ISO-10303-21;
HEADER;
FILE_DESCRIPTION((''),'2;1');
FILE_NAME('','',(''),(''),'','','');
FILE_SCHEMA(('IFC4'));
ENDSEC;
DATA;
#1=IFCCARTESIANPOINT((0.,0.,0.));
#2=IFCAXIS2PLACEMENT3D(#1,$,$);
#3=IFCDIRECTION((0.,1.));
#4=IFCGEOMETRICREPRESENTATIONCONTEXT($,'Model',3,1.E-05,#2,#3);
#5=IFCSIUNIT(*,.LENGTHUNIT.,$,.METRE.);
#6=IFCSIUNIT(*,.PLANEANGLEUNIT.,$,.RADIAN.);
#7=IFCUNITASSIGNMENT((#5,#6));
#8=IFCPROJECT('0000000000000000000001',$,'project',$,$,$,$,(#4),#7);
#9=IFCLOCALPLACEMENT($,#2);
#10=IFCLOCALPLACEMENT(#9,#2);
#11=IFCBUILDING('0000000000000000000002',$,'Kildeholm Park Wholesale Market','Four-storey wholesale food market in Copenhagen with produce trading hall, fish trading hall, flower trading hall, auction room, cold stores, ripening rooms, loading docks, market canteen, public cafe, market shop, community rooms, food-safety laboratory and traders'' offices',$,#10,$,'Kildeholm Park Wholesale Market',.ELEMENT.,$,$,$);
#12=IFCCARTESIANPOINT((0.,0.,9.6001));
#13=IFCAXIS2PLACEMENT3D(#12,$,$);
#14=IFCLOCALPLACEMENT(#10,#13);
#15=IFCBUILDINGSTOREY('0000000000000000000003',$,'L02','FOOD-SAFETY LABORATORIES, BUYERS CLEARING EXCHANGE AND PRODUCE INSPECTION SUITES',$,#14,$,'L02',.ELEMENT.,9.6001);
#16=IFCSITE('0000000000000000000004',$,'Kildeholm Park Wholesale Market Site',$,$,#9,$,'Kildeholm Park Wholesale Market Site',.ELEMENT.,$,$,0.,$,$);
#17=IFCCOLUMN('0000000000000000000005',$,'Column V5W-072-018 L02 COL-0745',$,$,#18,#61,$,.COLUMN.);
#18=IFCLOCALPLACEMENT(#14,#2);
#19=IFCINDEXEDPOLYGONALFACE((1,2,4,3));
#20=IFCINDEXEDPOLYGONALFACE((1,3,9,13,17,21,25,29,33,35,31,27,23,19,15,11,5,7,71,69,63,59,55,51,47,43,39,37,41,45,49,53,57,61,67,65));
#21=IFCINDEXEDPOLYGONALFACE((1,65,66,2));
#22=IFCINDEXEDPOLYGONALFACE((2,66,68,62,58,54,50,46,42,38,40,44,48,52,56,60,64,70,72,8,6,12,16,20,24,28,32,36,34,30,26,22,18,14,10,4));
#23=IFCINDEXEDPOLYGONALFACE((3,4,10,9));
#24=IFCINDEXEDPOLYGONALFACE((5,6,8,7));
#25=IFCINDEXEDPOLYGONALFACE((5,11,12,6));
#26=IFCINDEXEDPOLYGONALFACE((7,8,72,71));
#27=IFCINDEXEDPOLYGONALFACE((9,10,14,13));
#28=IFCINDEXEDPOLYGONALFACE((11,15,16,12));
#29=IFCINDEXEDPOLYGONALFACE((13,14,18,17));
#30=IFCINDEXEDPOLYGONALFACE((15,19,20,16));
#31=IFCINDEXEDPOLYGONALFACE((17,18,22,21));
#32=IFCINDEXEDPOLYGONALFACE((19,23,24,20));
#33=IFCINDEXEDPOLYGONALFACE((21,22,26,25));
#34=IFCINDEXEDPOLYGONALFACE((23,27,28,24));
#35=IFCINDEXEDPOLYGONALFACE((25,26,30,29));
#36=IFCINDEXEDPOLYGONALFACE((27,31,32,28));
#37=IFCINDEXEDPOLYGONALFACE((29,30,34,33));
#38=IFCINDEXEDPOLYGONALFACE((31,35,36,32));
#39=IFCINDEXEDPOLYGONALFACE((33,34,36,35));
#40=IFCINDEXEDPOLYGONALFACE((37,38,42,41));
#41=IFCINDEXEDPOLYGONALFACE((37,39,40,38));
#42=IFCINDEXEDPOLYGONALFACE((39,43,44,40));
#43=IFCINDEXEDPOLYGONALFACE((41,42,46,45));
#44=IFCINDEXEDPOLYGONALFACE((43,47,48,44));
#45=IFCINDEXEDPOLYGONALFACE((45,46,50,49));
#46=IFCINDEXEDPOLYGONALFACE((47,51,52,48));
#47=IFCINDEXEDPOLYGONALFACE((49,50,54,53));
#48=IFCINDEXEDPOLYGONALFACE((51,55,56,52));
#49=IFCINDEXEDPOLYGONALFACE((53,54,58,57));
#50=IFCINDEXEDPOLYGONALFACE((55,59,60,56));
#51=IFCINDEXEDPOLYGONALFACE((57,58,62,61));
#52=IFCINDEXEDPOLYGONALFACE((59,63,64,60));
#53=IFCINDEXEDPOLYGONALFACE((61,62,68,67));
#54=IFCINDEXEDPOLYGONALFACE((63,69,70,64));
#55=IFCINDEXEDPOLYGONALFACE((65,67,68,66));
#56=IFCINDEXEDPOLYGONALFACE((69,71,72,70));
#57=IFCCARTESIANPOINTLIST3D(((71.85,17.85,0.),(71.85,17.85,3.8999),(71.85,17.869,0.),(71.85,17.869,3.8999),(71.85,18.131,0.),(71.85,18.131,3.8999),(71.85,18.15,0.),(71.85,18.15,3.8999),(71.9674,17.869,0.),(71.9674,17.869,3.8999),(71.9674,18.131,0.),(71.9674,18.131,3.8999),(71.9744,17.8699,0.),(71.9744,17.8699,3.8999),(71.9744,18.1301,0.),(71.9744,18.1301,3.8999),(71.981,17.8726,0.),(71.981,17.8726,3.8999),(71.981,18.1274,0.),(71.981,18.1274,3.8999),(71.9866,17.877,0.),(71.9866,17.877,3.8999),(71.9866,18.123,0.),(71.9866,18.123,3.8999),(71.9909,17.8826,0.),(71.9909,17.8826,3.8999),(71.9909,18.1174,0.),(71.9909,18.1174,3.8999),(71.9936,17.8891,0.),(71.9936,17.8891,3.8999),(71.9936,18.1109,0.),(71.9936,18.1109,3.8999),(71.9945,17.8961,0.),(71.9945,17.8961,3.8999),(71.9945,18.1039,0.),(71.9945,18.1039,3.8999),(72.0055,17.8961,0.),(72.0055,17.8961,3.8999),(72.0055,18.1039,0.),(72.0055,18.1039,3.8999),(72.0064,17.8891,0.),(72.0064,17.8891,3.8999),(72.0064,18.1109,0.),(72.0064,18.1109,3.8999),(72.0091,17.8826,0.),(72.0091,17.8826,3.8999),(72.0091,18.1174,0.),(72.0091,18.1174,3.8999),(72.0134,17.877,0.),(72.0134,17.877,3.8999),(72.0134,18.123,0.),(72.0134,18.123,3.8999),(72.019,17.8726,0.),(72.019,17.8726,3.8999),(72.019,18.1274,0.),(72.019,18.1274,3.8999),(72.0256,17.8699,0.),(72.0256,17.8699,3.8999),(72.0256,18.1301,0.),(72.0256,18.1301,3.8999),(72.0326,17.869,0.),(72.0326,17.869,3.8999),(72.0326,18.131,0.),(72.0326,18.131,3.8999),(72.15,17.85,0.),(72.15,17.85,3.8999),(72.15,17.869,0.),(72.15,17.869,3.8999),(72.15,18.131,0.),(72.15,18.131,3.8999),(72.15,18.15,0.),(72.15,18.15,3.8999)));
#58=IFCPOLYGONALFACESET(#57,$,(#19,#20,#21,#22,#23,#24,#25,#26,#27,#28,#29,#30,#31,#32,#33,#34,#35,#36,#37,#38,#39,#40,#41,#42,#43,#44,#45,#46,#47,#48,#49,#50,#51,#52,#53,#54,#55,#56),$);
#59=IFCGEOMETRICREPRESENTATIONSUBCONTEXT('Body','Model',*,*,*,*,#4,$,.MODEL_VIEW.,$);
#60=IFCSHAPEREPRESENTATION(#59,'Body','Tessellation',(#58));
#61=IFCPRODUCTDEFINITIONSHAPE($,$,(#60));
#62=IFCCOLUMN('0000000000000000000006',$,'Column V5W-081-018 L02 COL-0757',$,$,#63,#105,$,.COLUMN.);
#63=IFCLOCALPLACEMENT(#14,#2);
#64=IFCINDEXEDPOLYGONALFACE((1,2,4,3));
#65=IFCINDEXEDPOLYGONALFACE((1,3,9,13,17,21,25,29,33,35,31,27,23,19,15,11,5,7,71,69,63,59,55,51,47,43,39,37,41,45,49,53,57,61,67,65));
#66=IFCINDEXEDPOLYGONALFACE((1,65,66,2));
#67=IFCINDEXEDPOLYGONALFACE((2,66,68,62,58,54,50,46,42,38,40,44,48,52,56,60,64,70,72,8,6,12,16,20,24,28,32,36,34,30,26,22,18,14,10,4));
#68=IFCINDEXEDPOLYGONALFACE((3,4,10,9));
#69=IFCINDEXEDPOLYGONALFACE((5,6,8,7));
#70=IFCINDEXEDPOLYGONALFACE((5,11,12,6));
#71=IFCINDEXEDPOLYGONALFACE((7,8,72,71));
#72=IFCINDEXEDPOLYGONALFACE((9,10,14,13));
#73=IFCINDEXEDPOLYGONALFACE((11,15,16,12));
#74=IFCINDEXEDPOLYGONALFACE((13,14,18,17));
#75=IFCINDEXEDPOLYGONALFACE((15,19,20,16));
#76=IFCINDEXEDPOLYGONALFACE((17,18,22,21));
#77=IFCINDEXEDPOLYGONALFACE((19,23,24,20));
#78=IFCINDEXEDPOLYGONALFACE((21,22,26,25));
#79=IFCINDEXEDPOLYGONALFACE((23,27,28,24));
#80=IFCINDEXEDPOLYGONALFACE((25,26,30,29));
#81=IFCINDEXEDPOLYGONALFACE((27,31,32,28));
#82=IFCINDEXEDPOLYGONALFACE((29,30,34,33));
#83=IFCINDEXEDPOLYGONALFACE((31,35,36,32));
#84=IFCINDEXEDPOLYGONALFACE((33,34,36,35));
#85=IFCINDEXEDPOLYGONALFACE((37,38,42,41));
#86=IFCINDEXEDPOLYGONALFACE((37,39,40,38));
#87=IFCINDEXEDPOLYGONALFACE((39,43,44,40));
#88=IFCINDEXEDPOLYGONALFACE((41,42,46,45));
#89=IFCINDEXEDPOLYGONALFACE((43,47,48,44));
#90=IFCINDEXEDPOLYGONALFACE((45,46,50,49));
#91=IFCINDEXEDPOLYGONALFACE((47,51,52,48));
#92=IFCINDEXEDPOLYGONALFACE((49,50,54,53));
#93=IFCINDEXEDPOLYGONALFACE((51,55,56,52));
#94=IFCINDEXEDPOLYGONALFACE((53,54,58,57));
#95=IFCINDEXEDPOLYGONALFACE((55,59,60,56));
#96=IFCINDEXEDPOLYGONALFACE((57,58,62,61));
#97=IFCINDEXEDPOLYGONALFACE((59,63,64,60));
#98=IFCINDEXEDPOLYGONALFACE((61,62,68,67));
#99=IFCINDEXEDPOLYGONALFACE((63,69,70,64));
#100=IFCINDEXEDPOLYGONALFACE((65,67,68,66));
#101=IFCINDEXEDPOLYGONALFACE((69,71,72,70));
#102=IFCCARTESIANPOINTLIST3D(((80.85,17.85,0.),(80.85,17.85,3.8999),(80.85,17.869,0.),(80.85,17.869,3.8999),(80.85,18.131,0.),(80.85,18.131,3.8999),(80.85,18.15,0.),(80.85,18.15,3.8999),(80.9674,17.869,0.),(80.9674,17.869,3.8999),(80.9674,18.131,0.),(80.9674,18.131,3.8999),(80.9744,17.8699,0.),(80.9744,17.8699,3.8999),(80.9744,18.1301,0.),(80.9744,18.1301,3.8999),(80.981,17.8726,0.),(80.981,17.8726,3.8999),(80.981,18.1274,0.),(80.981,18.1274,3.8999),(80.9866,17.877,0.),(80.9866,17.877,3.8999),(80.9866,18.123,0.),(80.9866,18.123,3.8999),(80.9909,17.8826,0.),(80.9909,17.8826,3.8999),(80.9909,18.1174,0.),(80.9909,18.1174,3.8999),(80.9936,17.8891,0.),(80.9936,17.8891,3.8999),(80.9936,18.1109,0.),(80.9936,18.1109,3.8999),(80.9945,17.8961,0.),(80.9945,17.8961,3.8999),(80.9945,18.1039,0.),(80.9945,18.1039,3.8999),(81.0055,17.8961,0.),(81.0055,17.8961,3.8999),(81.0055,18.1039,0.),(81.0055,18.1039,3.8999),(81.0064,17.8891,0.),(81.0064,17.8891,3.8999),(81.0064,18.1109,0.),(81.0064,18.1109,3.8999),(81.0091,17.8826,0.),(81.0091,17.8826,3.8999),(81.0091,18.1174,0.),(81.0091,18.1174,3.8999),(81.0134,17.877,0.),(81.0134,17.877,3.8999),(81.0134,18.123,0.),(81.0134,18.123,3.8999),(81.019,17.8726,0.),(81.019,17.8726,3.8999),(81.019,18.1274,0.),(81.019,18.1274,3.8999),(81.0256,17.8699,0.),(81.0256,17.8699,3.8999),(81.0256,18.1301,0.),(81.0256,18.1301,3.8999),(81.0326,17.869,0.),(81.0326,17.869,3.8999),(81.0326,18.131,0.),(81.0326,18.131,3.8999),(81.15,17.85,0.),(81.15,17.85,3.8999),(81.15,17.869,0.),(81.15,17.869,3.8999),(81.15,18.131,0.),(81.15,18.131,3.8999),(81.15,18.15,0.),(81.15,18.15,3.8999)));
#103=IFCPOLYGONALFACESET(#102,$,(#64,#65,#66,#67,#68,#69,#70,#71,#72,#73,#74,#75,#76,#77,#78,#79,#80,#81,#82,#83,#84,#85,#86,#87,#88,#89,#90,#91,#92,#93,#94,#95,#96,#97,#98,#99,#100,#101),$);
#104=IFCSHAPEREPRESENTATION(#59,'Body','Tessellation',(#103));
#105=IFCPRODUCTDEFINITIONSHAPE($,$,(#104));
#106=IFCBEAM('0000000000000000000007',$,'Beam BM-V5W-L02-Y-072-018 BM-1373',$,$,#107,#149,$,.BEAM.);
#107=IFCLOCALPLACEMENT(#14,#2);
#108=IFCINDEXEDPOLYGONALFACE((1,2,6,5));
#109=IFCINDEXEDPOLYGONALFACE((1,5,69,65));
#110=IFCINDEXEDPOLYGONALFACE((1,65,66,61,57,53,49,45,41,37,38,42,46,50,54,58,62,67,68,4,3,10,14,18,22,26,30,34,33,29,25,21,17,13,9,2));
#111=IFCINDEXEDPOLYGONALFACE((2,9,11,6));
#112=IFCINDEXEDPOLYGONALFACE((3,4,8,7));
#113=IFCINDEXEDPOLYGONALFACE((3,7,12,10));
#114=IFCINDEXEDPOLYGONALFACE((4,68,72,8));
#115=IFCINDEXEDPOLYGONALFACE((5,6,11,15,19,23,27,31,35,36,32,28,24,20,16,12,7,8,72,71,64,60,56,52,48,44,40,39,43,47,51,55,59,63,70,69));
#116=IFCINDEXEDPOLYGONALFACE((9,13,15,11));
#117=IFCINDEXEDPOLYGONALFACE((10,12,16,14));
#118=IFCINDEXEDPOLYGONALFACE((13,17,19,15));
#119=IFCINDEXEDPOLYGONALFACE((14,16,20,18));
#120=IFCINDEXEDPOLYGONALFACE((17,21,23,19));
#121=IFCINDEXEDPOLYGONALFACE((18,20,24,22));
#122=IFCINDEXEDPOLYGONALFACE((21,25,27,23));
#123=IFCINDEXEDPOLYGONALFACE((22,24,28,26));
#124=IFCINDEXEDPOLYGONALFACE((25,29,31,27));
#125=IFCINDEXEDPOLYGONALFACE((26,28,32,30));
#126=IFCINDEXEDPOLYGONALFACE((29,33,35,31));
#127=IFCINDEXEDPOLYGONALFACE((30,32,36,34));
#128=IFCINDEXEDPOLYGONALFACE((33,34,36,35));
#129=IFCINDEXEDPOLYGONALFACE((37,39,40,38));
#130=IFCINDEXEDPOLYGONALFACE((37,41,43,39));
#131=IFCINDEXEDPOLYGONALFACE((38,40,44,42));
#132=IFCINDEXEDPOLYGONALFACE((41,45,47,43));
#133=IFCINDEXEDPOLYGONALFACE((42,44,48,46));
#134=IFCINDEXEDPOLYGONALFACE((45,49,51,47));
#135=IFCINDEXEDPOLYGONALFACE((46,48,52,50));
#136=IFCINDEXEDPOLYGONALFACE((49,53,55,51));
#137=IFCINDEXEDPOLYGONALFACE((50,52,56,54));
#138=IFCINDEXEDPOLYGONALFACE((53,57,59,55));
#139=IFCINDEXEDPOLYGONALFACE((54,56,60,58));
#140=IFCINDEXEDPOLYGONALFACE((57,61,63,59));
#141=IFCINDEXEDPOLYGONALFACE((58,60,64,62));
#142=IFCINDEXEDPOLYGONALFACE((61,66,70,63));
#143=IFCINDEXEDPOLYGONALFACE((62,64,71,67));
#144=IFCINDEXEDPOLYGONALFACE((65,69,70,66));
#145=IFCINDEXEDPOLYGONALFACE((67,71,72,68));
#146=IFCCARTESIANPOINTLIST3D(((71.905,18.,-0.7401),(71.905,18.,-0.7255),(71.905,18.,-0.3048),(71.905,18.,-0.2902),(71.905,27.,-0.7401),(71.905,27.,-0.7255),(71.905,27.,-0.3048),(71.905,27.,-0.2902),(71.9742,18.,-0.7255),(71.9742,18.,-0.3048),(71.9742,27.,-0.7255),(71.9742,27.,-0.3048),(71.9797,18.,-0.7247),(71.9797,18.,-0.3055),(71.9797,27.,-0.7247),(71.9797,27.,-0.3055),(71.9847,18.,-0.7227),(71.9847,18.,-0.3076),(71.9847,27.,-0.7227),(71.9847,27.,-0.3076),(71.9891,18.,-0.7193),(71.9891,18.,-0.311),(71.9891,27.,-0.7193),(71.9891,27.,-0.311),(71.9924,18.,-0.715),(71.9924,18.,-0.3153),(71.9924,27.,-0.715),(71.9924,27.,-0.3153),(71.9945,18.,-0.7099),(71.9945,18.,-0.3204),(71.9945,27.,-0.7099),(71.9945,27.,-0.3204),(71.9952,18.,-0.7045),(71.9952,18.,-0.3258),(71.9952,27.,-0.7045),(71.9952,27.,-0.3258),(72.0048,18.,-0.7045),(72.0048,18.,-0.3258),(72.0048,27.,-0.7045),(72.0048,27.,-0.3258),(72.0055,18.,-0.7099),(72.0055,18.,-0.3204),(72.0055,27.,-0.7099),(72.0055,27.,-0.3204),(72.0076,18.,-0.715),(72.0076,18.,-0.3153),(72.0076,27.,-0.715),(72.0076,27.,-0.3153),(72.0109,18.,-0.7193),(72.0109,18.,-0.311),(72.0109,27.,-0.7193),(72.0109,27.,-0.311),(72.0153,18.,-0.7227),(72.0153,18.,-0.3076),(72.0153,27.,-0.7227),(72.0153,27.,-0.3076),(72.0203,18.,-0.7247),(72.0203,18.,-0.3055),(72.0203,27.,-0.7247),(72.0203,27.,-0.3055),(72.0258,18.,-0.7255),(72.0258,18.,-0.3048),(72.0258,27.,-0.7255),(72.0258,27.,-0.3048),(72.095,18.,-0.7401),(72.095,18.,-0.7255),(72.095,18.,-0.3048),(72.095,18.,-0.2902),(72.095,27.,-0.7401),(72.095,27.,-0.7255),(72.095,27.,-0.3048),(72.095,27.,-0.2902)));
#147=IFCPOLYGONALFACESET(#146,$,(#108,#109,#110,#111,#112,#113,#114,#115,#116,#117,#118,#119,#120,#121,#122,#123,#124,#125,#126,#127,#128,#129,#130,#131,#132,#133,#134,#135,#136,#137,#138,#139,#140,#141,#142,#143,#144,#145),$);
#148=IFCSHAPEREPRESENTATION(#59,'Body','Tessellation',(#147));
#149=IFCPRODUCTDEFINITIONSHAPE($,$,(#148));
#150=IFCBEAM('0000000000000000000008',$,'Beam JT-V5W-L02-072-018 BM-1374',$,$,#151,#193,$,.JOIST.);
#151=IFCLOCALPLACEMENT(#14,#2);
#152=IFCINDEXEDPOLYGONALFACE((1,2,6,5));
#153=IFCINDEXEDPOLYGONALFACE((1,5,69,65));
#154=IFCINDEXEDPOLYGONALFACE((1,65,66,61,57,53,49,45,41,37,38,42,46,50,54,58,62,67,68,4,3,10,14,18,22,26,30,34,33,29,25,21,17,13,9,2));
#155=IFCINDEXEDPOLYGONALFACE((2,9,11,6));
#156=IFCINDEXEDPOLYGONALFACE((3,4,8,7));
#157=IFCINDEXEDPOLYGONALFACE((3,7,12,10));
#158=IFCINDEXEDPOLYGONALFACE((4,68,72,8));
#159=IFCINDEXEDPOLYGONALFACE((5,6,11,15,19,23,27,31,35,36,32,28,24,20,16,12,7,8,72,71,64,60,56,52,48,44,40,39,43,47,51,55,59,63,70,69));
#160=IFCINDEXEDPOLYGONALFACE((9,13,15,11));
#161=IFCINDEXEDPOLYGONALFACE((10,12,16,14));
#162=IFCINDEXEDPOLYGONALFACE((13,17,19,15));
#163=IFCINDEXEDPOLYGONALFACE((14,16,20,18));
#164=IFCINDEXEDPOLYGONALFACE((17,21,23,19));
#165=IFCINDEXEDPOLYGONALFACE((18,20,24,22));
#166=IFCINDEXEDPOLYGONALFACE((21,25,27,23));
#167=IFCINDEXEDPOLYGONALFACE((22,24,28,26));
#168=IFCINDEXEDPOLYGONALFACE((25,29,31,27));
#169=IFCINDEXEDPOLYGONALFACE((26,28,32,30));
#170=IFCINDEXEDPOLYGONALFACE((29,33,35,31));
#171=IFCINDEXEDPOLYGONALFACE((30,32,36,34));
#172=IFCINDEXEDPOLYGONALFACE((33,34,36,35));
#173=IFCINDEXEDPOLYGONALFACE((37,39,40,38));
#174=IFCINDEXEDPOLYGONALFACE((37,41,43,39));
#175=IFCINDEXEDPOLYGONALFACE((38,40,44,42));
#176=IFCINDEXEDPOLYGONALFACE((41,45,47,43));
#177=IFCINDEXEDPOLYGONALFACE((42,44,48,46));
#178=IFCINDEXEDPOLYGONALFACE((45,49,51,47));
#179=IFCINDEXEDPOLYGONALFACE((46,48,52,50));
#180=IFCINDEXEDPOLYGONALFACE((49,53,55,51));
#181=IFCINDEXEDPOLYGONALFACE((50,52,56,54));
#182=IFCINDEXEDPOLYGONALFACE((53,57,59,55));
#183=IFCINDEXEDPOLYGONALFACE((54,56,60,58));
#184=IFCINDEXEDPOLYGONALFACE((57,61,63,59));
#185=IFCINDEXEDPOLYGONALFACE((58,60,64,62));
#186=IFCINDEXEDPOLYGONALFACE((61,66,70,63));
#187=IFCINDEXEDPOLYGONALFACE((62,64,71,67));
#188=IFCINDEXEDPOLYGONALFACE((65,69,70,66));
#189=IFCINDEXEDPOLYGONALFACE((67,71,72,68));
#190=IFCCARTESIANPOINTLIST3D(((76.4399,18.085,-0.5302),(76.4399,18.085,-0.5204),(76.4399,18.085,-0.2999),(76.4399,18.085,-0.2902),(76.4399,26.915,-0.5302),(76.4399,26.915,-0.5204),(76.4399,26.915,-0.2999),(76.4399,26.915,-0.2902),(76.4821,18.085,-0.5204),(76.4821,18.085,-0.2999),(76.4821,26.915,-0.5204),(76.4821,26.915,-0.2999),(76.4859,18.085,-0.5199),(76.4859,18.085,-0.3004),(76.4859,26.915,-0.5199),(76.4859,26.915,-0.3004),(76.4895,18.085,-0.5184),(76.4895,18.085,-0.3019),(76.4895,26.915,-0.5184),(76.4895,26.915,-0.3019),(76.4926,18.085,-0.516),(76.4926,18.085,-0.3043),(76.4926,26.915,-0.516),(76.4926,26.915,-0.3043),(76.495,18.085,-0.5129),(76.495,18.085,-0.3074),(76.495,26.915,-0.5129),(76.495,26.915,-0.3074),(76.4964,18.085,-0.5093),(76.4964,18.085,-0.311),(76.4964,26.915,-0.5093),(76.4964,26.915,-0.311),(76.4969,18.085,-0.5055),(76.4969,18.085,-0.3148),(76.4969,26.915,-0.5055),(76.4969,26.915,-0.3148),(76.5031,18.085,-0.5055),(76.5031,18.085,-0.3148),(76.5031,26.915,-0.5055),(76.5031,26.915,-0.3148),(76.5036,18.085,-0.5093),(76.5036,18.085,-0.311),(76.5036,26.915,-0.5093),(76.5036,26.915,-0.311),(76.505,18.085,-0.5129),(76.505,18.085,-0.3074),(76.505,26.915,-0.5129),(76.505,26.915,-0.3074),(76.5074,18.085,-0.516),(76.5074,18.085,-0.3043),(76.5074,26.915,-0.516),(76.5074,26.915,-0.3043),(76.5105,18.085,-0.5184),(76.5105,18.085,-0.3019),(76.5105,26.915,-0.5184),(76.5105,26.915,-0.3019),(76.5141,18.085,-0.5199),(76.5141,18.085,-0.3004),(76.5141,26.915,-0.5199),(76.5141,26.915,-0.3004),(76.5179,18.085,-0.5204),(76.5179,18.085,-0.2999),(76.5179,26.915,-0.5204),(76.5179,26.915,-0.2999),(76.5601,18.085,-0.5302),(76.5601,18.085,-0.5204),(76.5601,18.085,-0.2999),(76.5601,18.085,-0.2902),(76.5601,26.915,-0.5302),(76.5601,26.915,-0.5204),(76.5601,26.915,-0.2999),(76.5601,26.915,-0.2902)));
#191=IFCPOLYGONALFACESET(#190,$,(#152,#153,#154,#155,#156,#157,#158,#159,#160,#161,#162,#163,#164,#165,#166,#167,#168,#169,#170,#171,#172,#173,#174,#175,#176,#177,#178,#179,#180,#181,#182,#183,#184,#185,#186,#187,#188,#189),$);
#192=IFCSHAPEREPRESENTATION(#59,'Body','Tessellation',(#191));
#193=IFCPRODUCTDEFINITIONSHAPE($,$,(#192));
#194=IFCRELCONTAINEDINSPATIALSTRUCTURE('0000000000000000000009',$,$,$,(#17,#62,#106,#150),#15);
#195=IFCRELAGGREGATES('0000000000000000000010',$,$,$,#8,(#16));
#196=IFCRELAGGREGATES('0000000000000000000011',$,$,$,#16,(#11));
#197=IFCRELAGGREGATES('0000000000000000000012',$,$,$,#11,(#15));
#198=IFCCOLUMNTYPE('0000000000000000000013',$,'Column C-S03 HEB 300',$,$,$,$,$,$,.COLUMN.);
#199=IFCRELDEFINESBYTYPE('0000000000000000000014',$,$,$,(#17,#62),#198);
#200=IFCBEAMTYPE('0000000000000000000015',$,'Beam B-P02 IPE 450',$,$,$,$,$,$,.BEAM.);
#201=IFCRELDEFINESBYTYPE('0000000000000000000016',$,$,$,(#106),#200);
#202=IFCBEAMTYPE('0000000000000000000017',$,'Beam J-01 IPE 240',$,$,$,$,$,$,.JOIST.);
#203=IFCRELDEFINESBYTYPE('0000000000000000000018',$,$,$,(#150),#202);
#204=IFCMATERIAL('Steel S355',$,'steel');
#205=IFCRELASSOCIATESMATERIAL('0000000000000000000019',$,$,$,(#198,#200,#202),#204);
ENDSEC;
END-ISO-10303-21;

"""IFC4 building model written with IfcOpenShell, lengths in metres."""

from ifc_helpers import new_model, si_unit, direction, frame, origin, origin_2d, place, context, subcontext, project, spatial, i_section, extrude, material, material_profile, profile_set, type_object, element, save


model = new_model("IFC4")

# Units and contexts
model_context = context("Model", 3, precision=1e-05, world=origin(), true_north=direction((0.0, 1.0)))
body_context = subcontext(model_context, "Body", "Model", "MODEL_VIEW")
ifc_project = project(units=[si_unit("LENGTHUNIT", "METRE"), si_unit("PLANEANGLEUNIT", "RADIAN")], contexts=[model_context])

# Site, building, storey
site_placement = place(None, origin())
site = spatial("IfcSite", under=ifc_project, at=site_placement, Name="Kildeholm Park Wholesale Market Site", LongName="Kildeholm Park Wholesale Market Site", CompositionType="ELEMENT", RefElevation=0.0)
building_placement = place(site_placement, origin())
building = spatial("IfcBuilding", under=site, at=building_placement, Name="Kildeholm Park Wholesale Market", Description="Four-storey wholesale food market in Copenhagen with produce trading hall, fish trading hall, flower trading hall, auction room, cold stores, ripening rooms, loading docks, market canteen, public cafe, market shop, community rooms, food-safety laboratory and traders' offices", LongName="Kildeholm Park Wholesale Market", CompositionType="ELEMENT")
storey_placement = place(building_placement, frame((0.0, 0.0, 9.6001)))
storey = spatial("IfcBuildingStorey", under=building, at=storey_placement, Name="L02", Description="FOOD-SAFETY LABORATORIES, BUYERS CLEARING EXCHANGE AND PRODUCE INSPECTION SUITES", LongName="L02", CompositionType="ELEMENT", Elevation=9.6001)

# Columns
ifc_material_1 = material(Name="Steel S355", Category="steel")
ifc_material_profile_1 = material_profile(ifc_material_1, i_section(OverallWidth=0.3, OverallDepth=0.3, WebThickness=0.011, FlangeThickness=0.019, FilletRadius=0.0271, at=origin_2d()), Name="HEB 300")
ifc_profile_set_1 = profile_set([ifc_material_profile_1], Name="Steel S355")
column_type = type_object("IfcColumnType", Name="Column C-S03 HEB 300", PredefinedType="COLUMN", material=ifc_profile_set_1)
for number, where, z_axis, x_axis, name in (
    (1, (72.0, 18.0, 0.0), (0.0, 0.0, 1.0), (1.0, 0.0, 0.0), "Column V5W-072-018 L02 COL-0745"),
    (2, (81.0, 18.0, 0.0), (0.0, 0.0, 1.0), (1.0, 0.0, 0.0), "Column V5W-081-018 L02 COL-0757"),
):
    element("IfcColumn", number, at=place(storey_placement, frame(where, z_axis=z_axis, x_axis=x_axis)), inside=storey, type_object=column_type, Name=name, PredefinedType="COLUMN", context=body_context, shape_type="SweptSolid", body=[
        extrude(i_section(OverallWidth=0.3, OverallDepth=0.3, WebThickness=0.011, FlangeThickness=0.019, FilletRadius=0.0271, at=origin_2d()), origin(), (0.0, 0.0, 1.0), 3.8999),
    ])

# Beams
ifc_material_profile_2 = material_profile(ifc_material_1, i_section(OverallWidth=0.1899, OverallDepth=0.45, WebThickness=0.0095, FlangeThickness=0.0146, FilletRadius=0.021, at=origin_2d()), Name="IPE 450")
ifc_profile_set_2 = profile_set([ifc_material_profile_2], Name="Steel S355")
beam_type_1 = type_object("IfcBeamType", Name="Beam B-P02 IPE 450", PredefinedType="BEAM", material=ifc_profile_set_2)
beam_1_placement = place(storey_placement, frame((72.0, 18.0, -0.5151), z_axis=(0.0, 1.0, 0.0), x_axis=(-1.0, 0.0, 0.0)))
element("IfcBeam", 3, at=beam_1_placement, inside=storey, type_object=beam_type_1, Name="Beam BM-V5W-L02-Y-072-018 BM-1373", PredefinedType="BEAM", context=body_context, shape_type="SweptSolid", body=[
    extrude(i_section(OverallWidth=0.1899, OverallDepth=0.45, WebThickness=0.0095, FlangeThickness=0.0146, FilletRadius=0.021, at=origin_2d()), origin(), (0.0, 0.0, 1.0), 9.0),
])
ifc_material_profile_3 = material_profile(ifc_material_1, i_section(OverallWidth=0.1201, OverallDepth=0.24, WebThickness=0.0061, FlangeThickness=0.0098, FilletRadius=0.0149, at=origin_2d()), Name="IPE 240")
ifc_profile_set_3 = profile_set([ifc_material_profile_3], Name="Steel S355")
beam_type_2 = type_object("IfcBeamType", Name="Beam J-01 IPE 240", PredefinedType="JOIST", material=ifc_profile_set_3)
beam_2_placement = place(storey_placement, frame((76.5, 18.085, -0.4102), z_axis=(0.0, 1.0, 0.0), x_axis=(-1.0, 0.0, 0.0)))
element("IfcBeam", 4, at=beam_2_placement, inside=storey, type_object=beam_type_2, Name="Beam JT-V5W-L02-072-018 BM-1374", PredefinedType="JOIST", context=body_context, shape_type="SweptSolid", body=[
    extrude(i_section(OverallWidth=0.1201, OverallDepth=0.24, WebThickness=0.0061, FlangeThickness=0.0098, FilletRadius=0.0149, at=origin_2d()), origin(), (0.0, 0.0, 1.0), 8.8301),
])

save(model, "model.ifc")
